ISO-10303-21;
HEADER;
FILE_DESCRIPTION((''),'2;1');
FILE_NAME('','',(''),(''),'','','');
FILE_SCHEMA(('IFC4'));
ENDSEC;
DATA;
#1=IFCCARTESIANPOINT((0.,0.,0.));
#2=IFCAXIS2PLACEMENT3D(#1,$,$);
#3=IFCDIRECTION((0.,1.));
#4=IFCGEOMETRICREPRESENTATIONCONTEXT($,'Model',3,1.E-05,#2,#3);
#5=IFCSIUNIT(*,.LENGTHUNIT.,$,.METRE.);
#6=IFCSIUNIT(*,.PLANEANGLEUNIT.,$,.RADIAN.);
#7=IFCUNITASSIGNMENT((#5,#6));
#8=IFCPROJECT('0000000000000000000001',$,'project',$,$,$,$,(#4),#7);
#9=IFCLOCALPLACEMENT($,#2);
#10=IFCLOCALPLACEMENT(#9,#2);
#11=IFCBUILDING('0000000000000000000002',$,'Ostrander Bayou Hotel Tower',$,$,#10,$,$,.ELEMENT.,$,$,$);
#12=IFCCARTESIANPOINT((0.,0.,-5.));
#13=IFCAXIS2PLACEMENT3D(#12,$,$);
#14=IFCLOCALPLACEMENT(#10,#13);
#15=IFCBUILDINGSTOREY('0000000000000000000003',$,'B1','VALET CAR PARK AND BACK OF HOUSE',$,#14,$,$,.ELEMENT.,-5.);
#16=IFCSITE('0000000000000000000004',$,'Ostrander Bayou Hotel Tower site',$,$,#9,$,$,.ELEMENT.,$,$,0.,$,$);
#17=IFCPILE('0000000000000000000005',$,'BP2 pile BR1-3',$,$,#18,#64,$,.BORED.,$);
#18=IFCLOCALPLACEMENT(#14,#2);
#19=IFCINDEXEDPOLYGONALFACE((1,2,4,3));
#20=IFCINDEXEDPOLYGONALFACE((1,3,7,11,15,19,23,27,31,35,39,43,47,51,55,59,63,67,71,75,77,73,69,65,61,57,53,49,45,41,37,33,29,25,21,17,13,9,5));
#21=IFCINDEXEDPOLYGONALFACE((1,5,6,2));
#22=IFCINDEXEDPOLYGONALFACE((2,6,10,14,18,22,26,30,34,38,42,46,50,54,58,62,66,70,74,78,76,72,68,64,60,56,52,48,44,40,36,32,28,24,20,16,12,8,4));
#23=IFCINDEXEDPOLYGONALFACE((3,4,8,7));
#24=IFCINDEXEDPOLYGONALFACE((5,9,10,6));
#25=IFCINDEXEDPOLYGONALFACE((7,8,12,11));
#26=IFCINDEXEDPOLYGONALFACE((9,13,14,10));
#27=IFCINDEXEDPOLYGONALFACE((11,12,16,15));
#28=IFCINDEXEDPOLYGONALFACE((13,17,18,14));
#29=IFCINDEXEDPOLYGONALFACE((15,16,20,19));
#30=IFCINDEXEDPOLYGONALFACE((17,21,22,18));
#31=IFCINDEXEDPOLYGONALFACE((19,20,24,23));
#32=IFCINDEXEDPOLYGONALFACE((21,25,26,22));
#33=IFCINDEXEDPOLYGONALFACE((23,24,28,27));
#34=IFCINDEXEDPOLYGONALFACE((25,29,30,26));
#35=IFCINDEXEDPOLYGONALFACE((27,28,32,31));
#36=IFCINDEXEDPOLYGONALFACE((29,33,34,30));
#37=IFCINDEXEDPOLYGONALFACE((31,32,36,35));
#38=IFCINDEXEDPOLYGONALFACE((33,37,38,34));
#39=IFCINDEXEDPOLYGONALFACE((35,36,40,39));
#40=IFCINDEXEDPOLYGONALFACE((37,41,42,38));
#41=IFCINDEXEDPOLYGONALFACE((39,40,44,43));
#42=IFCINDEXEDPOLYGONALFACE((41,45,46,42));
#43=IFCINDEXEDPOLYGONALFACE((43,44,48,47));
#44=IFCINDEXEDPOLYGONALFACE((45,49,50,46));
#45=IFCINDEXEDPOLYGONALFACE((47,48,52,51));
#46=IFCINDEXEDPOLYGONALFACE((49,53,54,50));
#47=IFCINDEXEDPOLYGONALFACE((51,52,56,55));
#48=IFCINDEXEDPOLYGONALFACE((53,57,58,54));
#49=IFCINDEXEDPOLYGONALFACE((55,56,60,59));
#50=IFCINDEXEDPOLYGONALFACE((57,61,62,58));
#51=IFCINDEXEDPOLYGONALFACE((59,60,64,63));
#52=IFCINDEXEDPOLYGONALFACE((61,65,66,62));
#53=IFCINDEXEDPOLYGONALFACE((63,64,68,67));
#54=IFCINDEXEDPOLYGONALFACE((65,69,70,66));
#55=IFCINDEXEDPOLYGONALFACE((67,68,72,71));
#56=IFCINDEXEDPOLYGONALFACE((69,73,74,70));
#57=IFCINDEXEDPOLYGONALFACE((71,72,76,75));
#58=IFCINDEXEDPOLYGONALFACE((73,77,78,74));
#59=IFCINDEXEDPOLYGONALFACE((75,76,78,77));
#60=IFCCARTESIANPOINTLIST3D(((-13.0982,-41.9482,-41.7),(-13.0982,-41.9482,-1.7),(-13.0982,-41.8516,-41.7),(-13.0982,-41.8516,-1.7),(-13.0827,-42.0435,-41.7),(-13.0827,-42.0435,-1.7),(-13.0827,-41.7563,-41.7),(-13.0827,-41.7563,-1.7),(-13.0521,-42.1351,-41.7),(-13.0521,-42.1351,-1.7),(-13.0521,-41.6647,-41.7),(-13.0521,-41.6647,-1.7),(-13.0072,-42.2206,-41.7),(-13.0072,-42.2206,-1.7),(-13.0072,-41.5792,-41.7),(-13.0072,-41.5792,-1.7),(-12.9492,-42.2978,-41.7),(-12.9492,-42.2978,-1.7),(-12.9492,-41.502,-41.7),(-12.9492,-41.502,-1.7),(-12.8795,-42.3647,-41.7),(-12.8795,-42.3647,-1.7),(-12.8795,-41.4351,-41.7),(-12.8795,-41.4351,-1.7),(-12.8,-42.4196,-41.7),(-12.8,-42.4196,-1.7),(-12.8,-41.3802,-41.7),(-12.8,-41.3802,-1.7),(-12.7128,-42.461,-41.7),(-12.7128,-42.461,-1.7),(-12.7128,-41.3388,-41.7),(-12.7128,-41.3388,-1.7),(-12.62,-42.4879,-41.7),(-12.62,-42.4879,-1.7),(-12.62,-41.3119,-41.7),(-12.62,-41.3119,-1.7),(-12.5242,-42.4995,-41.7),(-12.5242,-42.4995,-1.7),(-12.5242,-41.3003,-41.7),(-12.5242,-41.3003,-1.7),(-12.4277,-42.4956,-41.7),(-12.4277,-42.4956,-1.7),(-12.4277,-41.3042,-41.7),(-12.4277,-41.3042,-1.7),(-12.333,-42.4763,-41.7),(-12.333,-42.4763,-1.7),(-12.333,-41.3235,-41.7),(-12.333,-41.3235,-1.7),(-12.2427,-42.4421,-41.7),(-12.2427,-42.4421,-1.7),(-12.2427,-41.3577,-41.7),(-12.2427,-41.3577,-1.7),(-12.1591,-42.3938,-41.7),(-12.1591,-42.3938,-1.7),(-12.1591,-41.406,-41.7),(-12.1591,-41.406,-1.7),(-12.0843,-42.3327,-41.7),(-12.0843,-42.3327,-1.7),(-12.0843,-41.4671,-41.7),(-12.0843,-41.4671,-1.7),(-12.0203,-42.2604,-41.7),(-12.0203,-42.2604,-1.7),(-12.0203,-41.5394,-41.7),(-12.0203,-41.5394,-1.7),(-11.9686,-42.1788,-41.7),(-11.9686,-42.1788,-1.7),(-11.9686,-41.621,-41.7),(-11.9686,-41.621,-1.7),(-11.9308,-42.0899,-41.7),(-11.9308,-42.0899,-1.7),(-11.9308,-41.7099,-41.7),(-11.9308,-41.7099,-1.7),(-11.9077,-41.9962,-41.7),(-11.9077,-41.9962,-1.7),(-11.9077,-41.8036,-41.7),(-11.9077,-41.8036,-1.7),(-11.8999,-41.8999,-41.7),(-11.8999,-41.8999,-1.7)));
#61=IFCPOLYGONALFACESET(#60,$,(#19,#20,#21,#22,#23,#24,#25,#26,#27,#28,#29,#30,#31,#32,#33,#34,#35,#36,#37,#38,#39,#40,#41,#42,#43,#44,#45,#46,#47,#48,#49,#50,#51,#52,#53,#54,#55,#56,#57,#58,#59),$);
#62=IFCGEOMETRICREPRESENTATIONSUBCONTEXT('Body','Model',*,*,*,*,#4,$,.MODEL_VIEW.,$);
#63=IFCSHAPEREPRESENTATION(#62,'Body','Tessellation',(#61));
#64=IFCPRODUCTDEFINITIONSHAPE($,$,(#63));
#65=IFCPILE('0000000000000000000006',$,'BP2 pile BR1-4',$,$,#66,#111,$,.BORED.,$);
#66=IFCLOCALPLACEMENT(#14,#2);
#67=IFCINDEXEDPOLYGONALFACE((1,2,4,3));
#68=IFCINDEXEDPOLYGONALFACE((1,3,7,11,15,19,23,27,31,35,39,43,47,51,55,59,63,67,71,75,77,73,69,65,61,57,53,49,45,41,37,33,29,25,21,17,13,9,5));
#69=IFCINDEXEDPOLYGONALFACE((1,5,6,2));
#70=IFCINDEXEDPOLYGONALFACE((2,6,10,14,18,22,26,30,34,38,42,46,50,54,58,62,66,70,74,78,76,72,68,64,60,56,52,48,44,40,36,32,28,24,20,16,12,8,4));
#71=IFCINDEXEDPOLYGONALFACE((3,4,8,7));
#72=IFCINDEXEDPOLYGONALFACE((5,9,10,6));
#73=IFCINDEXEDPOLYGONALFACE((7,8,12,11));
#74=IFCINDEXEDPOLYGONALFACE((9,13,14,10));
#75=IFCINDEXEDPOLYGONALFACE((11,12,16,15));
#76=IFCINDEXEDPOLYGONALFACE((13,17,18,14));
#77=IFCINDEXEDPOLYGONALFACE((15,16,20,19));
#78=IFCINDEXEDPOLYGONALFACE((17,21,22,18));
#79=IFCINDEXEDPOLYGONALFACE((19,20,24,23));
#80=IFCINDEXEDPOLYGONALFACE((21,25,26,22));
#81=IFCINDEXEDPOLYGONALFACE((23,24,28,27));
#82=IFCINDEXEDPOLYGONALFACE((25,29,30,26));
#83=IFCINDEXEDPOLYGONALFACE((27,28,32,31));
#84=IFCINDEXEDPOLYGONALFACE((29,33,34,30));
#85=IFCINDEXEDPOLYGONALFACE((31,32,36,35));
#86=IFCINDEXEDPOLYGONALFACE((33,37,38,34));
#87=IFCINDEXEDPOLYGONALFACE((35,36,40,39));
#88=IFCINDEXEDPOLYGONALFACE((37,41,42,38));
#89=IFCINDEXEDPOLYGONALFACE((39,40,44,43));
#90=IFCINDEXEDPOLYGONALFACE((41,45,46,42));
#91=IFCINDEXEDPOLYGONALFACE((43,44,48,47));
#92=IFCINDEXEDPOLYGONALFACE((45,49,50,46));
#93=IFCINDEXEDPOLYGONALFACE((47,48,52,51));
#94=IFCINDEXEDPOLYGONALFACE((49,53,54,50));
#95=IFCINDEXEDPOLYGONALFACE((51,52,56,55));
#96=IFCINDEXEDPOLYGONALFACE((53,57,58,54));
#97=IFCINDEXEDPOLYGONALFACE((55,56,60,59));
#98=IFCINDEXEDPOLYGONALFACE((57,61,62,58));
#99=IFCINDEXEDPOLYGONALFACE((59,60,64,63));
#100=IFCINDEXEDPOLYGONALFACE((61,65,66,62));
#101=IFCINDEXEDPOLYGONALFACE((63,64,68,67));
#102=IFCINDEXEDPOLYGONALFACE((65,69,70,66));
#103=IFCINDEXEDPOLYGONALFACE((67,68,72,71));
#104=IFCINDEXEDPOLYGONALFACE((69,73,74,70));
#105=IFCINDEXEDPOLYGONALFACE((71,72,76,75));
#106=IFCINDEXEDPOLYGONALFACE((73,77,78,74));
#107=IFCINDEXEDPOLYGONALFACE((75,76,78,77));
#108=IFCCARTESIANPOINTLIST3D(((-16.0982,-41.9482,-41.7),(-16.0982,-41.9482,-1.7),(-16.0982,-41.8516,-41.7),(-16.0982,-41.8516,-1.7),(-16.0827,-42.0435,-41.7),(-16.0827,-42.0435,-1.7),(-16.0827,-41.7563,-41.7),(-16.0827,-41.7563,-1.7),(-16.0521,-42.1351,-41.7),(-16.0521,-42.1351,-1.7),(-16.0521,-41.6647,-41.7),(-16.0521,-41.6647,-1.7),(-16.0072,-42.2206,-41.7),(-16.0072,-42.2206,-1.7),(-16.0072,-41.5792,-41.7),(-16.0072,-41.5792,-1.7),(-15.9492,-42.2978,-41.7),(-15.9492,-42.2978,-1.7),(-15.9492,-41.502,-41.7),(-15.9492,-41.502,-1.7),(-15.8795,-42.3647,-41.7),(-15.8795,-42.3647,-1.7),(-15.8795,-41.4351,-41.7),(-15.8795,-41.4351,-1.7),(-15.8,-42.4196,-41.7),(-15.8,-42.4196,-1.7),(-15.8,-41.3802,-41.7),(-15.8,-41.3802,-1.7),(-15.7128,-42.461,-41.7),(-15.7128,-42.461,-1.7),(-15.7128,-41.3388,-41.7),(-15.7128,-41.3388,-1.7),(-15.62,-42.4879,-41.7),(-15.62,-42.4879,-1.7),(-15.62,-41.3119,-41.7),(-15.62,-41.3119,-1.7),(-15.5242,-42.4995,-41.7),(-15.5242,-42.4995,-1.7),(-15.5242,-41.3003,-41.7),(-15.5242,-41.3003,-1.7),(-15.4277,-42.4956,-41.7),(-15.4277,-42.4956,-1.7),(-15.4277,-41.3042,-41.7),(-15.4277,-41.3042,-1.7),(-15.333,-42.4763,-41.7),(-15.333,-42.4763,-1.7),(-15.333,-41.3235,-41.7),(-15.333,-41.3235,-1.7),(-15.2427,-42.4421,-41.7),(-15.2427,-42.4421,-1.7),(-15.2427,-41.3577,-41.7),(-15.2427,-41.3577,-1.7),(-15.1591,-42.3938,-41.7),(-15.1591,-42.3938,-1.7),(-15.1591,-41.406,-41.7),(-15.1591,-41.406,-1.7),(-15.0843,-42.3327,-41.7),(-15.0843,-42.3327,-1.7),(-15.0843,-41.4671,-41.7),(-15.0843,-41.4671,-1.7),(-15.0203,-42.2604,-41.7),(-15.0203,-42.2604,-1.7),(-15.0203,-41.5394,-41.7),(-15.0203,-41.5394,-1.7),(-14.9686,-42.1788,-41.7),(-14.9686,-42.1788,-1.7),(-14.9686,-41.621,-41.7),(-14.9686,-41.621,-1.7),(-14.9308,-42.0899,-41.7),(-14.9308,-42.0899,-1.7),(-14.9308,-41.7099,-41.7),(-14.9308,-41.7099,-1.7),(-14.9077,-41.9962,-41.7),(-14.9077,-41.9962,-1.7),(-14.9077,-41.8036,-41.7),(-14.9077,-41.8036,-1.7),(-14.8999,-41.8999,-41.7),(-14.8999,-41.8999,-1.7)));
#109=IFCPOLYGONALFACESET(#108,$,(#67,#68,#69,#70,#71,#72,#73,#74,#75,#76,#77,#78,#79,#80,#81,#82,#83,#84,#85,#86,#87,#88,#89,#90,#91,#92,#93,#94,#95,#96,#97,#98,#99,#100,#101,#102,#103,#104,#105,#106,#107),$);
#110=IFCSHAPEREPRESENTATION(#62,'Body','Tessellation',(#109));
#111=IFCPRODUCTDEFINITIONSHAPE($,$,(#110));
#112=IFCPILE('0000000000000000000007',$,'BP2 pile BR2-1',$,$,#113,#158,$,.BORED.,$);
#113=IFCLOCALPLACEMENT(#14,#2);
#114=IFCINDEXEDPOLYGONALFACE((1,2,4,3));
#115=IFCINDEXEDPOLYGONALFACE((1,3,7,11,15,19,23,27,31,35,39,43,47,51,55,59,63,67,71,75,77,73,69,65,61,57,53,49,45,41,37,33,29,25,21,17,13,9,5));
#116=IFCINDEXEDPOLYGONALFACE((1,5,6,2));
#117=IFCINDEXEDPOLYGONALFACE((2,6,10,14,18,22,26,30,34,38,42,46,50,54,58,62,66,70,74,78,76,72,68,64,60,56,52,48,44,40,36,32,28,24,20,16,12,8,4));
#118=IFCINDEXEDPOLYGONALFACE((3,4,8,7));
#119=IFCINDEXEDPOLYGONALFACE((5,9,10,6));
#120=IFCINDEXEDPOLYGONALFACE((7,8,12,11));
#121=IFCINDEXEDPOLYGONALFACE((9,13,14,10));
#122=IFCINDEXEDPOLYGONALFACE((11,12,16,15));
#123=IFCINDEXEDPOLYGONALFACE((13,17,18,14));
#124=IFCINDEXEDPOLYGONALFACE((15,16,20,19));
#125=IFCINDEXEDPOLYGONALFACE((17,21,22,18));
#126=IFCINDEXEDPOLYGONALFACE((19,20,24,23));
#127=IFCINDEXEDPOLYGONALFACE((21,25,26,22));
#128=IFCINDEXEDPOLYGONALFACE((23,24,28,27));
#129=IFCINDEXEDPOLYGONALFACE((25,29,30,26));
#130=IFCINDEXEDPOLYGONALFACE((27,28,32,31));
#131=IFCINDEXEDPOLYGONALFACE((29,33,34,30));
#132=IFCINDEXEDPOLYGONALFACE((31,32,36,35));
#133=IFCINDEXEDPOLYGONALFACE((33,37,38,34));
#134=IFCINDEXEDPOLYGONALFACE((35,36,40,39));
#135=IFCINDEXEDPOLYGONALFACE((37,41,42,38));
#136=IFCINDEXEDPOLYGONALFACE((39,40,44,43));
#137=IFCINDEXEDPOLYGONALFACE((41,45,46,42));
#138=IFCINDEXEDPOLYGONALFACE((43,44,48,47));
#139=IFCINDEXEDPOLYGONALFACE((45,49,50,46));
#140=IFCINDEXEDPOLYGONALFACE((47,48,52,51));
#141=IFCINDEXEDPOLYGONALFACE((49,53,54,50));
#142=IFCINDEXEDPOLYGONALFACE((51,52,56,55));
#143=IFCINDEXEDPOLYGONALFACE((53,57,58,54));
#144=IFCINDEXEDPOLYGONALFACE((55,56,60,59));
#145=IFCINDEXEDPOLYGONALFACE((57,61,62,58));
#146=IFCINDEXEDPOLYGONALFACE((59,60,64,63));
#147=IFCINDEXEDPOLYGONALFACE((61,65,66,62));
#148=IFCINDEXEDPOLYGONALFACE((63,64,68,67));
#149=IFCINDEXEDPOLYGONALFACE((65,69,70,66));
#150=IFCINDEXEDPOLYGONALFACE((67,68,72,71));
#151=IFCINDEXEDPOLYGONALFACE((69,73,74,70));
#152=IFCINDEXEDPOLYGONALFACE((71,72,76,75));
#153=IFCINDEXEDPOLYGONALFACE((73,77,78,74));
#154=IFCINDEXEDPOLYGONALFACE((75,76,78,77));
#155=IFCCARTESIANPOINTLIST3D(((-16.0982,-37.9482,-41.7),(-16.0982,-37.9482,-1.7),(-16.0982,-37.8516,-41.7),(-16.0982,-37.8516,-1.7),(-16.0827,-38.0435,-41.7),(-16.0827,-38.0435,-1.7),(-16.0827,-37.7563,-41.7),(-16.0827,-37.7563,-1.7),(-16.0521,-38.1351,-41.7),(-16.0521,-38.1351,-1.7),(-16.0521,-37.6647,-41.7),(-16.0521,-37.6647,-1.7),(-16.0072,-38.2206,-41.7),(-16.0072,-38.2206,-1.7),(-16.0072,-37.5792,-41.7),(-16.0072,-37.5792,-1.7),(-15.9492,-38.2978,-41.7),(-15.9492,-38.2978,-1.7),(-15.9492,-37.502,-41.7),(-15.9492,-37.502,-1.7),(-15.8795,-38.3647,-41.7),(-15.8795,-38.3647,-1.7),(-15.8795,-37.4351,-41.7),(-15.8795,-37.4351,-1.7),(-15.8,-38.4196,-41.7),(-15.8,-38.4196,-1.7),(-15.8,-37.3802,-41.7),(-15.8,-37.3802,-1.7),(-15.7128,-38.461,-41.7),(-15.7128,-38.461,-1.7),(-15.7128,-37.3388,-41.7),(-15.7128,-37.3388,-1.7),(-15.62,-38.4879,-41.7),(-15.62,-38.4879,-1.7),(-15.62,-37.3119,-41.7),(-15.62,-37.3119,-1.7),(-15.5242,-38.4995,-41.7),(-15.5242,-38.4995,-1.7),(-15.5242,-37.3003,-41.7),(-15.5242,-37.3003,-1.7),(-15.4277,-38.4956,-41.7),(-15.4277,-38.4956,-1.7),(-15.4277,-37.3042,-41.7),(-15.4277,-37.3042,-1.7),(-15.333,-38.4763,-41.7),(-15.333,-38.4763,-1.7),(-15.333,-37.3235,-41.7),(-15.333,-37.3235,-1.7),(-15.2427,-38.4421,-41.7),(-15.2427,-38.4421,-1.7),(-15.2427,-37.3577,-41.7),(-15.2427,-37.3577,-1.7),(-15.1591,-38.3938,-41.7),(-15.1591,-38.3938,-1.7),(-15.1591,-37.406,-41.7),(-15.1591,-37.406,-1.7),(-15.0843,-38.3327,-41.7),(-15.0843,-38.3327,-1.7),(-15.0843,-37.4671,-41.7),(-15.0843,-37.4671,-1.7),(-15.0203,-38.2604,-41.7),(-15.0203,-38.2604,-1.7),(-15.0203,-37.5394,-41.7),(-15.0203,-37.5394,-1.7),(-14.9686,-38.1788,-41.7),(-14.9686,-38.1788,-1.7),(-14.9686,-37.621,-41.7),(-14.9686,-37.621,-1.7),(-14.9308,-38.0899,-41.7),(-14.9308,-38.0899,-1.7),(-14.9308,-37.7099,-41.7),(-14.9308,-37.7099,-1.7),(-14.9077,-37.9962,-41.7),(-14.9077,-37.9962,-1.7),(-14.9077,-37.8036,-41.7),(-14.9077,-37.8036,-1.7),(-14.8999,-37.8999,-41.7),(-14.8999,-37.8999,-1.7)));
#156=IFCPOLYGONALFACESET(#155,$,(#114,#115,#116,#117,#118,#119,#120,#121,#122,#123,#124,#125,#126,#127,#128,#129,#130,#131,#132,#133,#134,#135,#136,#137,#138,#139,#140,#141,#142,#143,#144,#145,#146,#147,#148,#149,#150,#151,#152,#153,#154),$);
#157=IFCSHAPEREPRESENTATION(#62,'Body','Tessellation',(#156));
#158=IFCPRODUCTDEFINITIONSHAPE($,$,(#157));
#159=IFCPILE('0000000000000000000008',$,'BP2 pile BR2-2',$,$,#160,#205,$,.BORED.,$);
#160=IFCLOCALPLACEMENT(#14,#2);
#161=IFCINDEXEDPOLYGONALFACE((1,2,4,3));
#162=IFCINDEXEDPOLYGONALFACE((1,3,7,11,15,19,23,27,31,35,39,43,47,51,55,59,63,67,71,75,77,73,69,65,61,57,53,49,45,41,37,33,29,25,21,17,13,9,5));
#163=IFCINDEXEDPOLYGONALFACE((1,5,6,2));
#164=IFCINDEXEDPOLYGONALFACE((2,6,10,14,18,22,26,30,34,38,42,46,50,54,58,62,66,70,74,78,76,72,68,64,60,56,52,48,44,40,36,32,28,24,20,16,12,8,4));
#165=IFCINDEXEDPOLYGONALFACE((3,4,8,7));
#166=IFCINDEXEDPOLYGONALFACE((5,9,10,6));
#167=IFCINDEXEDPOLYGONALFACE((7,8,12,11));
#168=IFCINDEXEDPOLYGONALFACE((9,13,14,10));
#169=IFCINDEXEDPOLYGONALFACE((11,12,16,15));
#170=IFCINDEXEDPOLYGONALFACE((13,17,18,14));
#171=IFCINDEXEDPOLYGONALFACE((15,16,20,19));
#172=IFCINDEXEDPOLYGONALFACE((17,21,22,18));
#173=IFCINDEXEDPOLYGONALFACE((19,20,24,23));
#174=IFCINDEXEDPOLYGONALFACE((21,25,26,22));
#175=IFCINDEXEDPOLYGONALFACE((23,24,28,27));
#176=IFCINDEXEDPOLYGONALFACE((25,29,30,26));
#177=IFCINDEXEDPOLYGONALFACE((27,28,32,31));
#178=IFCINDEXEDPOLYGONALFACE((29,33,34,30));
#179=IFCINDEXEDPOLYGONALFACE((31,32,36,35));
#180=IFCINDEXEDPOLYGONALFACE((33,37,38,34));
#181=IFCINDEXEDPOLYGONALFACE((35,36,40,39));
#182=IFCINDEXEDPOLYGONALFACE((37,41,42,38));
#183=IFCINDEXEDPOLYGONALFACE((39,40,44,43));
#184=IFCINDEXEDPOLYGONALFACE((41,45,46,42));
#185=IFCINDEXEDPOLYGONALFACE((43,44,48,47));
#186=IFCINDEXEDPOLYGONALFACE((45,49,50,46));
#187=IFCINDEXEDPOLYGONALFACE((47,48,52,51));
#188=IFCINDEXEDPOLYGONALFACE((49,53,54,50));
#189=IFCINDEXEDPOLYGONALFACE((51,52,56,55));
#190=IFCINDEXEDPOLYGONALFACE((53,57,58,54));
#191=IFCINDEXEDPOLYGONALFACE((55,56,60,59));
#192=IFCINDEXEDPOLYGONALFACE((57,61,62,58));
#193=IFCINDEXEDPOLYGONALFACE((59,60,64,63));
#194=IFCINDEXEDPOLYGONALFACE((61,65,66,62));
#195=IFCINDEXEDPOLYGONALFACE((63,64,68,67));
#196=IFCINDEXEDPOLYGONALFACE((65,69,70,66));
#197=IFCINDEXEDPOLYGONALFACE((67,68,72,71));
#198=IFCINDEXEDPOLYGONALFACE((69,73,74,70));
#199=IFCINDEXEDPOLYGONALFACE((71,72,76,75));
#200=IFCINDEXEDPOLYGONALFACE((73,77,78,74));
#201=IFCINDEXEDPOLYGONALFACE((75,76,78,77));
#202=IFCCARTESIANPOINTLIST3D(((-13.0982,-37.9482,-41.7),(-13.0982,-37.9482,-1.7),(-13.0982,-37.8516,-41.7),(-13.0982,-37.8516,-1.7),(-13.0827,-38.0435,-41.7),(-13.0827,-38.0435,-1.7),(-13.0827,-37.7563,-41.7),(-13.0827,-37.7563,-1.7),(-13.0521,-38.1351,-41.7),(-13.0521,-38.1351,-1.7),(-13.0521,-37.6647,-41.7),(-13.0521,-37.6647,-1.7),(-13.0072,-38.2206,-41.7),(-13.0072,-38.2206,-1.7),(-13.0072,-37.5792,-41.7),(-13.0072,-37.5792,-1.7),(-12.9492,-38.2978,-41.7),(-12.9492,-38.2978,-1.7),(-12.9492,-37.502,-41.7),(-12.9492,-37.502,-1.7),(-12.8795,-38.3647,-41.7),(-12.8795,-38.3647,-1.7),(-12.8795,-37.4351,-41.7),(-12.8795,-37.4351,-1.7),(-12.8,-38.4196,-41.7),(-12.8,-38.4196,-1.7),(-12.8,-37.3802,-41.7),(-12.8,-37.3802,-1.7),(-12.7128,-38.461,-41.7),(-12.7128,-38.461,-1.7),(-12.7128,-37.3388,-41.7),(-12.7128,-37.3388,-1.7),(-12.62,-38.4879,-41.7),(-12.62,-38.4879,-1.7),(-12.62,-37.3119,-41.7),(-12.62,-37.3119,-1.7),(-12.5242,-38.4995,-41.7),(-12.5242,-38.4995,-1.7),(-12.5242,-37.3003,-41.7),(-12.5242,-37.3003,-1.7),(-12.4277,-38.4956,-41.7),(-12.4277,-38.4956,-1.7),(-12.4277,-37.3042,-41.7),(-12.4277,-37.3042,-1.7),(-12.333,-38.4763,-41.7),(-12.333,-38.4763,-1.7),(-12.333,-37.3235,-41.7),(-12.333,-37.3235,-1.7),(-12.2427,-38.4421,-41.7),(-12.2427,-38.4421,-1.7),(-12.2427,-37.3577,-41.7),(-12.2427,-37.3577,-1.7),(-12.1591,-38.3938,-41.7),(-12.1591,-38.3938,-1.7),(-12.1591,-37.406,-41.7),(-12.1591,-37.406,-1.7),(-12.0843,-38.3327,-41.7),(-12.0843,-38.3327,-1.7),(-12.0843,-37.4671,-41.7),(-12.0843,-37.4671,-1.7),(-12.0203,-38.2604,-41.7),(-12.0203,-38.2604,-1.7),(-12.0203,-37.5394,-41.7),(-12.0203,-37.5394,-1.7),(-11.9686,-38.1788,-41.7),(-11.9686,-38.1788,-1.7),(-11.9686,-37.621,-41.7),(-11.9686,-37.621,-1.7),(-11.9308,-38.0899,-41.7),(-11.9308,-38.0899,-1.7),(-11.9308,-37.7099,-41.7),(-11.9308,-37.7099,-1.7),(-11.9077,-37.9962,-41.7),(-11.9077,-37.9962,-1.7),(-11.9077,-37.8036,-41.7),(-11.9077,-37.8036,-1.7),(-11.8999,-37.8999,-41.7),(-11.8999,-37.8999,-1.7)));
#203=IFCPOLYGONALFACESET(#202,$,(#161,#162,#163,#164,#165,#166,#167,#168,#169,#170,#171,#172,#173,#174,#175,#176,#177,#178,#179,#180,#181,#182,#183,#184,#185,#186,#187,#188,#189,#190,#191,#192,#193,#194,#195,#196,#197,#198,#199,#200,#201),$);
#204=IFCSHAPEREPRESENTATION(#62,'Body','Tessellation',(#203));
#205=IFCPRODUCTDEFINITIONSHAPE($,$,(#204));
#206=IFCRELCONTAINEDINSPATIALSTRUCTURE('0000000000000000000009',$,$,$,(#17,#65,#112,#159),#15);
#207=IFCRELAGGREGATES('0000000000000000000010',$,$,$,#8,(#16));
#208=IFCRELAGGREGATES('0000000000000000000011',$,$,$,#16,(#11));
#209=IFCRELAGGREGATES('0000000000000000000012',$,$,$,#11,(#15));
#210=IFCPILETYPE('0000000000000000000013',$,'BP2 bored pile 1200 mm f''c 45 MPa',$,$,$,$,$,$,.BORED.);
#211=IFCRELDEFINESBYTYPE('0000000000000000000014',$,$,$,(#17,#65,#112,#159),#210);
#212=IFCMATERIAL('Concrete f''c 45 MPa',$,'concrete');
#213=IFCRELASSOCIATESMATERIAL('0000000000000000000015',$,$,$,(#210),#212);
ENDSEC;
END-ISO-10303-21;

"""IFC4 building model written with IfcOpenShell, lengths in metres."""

from ifc_helpers import new_model, si_unit, direction, frame, origin, origin_2d, place, context, subcontext, project, spatial, circle, extrude, material, material_profile, profile_set, type_object, element, save


model = new_model("IFC4")

# Units and contexts
model_context = context("Model", 3, precision=1e-05, world=origin(), true_north=direction((0.0, 1.0)))
body_context = subcontext(model_context, "Body", "Model", "MODEL_VIEW")
ifc_project = project(units=[si_unit("LENGTHUNIT", "METRE"), si_unit("PLANEANGLEUNIT", "RADIAN")], contexts=[model_context])

# Site, building, storey
site_placement = place(None, origin())
site = spatial("IfcSite", under=ifc_project, at=site_placement, Name="Ostrander Bayou Hotel Tower site", CompositionType="ELEMENT", RefElevation=0.0)
building_placement = place(site_placement, origin())
building = spatial("IfcBuilding", under=site, at=building_placement, Name="Ostrander Bayou Hotel Tower", CompositionType="ELEMENT")
storey_placement = place(building_placement, frame((0.0, 0.0, -5.0)))
storey = spatial("IfcBuildingStorey", under=building, at=storey_placement, Name="B1", Description="VALET CAR PARK AND BACK OF HOUSE", CompositionType="ELEMENT", Elevation=-5.0)

# Piles
ifc_material_1 = material(Name="Concrete f'c 45 MPa", Category="concrete")
ifc_material_profile_1 = material_profile(ifc_material_1, circle(Radius=0.6001, at=origin_2d()))
ifc_profile_set_1 = profile_set([ifc_material_profile_1], Name="Concrete f'c 45 MPa")
pile_type = type_object("IfcPileType", Name="BP2 bored pile 1200 mm f'c 45 MPa", PredefinedType="BORED", material=ifc_profile_set_1)
for number, where, z_axis, x_axis, name in (
    (1, (-12.5, -41.8999, -1.7), (0.0, 0.0, -1.0), (1.0, 0.0, 0.0), "BP2 pile BR1-3"),
    (2, (-15.5, -41.8999, -1.7), (0.0, 0.0, -1.0), (1.0, 0.0, 0.0), "BP2 pile BR1-4"),
    (3, (-15.5, -37.8999, -1.7), (0.0, 0.0, -1.0), (1.0, 0.0, 0.0), "BP2 pile BR2-1"),
    (4, (-12.5, -37.8999, -1.7), (0.0, 0.0, -1.0), (1.0, 0.0, 0.0), "BP2 pile BR2-2"),
):
    element("IfcPile", number, at=place(storey_placement, frame(where, z_axis=z_axis, x_axis=x_axis)), inside=storey, type_object=pile_type, Name=name, PredefinedType="BORED", context=body_context, shape_type="SweptSolid", body=[
        extrude(circle(Radius=0.6001, at=origin_2d()), origin(), (0.0, 0.0, 1.0), 40.0),
    ])

save(model, "model.ifc")
